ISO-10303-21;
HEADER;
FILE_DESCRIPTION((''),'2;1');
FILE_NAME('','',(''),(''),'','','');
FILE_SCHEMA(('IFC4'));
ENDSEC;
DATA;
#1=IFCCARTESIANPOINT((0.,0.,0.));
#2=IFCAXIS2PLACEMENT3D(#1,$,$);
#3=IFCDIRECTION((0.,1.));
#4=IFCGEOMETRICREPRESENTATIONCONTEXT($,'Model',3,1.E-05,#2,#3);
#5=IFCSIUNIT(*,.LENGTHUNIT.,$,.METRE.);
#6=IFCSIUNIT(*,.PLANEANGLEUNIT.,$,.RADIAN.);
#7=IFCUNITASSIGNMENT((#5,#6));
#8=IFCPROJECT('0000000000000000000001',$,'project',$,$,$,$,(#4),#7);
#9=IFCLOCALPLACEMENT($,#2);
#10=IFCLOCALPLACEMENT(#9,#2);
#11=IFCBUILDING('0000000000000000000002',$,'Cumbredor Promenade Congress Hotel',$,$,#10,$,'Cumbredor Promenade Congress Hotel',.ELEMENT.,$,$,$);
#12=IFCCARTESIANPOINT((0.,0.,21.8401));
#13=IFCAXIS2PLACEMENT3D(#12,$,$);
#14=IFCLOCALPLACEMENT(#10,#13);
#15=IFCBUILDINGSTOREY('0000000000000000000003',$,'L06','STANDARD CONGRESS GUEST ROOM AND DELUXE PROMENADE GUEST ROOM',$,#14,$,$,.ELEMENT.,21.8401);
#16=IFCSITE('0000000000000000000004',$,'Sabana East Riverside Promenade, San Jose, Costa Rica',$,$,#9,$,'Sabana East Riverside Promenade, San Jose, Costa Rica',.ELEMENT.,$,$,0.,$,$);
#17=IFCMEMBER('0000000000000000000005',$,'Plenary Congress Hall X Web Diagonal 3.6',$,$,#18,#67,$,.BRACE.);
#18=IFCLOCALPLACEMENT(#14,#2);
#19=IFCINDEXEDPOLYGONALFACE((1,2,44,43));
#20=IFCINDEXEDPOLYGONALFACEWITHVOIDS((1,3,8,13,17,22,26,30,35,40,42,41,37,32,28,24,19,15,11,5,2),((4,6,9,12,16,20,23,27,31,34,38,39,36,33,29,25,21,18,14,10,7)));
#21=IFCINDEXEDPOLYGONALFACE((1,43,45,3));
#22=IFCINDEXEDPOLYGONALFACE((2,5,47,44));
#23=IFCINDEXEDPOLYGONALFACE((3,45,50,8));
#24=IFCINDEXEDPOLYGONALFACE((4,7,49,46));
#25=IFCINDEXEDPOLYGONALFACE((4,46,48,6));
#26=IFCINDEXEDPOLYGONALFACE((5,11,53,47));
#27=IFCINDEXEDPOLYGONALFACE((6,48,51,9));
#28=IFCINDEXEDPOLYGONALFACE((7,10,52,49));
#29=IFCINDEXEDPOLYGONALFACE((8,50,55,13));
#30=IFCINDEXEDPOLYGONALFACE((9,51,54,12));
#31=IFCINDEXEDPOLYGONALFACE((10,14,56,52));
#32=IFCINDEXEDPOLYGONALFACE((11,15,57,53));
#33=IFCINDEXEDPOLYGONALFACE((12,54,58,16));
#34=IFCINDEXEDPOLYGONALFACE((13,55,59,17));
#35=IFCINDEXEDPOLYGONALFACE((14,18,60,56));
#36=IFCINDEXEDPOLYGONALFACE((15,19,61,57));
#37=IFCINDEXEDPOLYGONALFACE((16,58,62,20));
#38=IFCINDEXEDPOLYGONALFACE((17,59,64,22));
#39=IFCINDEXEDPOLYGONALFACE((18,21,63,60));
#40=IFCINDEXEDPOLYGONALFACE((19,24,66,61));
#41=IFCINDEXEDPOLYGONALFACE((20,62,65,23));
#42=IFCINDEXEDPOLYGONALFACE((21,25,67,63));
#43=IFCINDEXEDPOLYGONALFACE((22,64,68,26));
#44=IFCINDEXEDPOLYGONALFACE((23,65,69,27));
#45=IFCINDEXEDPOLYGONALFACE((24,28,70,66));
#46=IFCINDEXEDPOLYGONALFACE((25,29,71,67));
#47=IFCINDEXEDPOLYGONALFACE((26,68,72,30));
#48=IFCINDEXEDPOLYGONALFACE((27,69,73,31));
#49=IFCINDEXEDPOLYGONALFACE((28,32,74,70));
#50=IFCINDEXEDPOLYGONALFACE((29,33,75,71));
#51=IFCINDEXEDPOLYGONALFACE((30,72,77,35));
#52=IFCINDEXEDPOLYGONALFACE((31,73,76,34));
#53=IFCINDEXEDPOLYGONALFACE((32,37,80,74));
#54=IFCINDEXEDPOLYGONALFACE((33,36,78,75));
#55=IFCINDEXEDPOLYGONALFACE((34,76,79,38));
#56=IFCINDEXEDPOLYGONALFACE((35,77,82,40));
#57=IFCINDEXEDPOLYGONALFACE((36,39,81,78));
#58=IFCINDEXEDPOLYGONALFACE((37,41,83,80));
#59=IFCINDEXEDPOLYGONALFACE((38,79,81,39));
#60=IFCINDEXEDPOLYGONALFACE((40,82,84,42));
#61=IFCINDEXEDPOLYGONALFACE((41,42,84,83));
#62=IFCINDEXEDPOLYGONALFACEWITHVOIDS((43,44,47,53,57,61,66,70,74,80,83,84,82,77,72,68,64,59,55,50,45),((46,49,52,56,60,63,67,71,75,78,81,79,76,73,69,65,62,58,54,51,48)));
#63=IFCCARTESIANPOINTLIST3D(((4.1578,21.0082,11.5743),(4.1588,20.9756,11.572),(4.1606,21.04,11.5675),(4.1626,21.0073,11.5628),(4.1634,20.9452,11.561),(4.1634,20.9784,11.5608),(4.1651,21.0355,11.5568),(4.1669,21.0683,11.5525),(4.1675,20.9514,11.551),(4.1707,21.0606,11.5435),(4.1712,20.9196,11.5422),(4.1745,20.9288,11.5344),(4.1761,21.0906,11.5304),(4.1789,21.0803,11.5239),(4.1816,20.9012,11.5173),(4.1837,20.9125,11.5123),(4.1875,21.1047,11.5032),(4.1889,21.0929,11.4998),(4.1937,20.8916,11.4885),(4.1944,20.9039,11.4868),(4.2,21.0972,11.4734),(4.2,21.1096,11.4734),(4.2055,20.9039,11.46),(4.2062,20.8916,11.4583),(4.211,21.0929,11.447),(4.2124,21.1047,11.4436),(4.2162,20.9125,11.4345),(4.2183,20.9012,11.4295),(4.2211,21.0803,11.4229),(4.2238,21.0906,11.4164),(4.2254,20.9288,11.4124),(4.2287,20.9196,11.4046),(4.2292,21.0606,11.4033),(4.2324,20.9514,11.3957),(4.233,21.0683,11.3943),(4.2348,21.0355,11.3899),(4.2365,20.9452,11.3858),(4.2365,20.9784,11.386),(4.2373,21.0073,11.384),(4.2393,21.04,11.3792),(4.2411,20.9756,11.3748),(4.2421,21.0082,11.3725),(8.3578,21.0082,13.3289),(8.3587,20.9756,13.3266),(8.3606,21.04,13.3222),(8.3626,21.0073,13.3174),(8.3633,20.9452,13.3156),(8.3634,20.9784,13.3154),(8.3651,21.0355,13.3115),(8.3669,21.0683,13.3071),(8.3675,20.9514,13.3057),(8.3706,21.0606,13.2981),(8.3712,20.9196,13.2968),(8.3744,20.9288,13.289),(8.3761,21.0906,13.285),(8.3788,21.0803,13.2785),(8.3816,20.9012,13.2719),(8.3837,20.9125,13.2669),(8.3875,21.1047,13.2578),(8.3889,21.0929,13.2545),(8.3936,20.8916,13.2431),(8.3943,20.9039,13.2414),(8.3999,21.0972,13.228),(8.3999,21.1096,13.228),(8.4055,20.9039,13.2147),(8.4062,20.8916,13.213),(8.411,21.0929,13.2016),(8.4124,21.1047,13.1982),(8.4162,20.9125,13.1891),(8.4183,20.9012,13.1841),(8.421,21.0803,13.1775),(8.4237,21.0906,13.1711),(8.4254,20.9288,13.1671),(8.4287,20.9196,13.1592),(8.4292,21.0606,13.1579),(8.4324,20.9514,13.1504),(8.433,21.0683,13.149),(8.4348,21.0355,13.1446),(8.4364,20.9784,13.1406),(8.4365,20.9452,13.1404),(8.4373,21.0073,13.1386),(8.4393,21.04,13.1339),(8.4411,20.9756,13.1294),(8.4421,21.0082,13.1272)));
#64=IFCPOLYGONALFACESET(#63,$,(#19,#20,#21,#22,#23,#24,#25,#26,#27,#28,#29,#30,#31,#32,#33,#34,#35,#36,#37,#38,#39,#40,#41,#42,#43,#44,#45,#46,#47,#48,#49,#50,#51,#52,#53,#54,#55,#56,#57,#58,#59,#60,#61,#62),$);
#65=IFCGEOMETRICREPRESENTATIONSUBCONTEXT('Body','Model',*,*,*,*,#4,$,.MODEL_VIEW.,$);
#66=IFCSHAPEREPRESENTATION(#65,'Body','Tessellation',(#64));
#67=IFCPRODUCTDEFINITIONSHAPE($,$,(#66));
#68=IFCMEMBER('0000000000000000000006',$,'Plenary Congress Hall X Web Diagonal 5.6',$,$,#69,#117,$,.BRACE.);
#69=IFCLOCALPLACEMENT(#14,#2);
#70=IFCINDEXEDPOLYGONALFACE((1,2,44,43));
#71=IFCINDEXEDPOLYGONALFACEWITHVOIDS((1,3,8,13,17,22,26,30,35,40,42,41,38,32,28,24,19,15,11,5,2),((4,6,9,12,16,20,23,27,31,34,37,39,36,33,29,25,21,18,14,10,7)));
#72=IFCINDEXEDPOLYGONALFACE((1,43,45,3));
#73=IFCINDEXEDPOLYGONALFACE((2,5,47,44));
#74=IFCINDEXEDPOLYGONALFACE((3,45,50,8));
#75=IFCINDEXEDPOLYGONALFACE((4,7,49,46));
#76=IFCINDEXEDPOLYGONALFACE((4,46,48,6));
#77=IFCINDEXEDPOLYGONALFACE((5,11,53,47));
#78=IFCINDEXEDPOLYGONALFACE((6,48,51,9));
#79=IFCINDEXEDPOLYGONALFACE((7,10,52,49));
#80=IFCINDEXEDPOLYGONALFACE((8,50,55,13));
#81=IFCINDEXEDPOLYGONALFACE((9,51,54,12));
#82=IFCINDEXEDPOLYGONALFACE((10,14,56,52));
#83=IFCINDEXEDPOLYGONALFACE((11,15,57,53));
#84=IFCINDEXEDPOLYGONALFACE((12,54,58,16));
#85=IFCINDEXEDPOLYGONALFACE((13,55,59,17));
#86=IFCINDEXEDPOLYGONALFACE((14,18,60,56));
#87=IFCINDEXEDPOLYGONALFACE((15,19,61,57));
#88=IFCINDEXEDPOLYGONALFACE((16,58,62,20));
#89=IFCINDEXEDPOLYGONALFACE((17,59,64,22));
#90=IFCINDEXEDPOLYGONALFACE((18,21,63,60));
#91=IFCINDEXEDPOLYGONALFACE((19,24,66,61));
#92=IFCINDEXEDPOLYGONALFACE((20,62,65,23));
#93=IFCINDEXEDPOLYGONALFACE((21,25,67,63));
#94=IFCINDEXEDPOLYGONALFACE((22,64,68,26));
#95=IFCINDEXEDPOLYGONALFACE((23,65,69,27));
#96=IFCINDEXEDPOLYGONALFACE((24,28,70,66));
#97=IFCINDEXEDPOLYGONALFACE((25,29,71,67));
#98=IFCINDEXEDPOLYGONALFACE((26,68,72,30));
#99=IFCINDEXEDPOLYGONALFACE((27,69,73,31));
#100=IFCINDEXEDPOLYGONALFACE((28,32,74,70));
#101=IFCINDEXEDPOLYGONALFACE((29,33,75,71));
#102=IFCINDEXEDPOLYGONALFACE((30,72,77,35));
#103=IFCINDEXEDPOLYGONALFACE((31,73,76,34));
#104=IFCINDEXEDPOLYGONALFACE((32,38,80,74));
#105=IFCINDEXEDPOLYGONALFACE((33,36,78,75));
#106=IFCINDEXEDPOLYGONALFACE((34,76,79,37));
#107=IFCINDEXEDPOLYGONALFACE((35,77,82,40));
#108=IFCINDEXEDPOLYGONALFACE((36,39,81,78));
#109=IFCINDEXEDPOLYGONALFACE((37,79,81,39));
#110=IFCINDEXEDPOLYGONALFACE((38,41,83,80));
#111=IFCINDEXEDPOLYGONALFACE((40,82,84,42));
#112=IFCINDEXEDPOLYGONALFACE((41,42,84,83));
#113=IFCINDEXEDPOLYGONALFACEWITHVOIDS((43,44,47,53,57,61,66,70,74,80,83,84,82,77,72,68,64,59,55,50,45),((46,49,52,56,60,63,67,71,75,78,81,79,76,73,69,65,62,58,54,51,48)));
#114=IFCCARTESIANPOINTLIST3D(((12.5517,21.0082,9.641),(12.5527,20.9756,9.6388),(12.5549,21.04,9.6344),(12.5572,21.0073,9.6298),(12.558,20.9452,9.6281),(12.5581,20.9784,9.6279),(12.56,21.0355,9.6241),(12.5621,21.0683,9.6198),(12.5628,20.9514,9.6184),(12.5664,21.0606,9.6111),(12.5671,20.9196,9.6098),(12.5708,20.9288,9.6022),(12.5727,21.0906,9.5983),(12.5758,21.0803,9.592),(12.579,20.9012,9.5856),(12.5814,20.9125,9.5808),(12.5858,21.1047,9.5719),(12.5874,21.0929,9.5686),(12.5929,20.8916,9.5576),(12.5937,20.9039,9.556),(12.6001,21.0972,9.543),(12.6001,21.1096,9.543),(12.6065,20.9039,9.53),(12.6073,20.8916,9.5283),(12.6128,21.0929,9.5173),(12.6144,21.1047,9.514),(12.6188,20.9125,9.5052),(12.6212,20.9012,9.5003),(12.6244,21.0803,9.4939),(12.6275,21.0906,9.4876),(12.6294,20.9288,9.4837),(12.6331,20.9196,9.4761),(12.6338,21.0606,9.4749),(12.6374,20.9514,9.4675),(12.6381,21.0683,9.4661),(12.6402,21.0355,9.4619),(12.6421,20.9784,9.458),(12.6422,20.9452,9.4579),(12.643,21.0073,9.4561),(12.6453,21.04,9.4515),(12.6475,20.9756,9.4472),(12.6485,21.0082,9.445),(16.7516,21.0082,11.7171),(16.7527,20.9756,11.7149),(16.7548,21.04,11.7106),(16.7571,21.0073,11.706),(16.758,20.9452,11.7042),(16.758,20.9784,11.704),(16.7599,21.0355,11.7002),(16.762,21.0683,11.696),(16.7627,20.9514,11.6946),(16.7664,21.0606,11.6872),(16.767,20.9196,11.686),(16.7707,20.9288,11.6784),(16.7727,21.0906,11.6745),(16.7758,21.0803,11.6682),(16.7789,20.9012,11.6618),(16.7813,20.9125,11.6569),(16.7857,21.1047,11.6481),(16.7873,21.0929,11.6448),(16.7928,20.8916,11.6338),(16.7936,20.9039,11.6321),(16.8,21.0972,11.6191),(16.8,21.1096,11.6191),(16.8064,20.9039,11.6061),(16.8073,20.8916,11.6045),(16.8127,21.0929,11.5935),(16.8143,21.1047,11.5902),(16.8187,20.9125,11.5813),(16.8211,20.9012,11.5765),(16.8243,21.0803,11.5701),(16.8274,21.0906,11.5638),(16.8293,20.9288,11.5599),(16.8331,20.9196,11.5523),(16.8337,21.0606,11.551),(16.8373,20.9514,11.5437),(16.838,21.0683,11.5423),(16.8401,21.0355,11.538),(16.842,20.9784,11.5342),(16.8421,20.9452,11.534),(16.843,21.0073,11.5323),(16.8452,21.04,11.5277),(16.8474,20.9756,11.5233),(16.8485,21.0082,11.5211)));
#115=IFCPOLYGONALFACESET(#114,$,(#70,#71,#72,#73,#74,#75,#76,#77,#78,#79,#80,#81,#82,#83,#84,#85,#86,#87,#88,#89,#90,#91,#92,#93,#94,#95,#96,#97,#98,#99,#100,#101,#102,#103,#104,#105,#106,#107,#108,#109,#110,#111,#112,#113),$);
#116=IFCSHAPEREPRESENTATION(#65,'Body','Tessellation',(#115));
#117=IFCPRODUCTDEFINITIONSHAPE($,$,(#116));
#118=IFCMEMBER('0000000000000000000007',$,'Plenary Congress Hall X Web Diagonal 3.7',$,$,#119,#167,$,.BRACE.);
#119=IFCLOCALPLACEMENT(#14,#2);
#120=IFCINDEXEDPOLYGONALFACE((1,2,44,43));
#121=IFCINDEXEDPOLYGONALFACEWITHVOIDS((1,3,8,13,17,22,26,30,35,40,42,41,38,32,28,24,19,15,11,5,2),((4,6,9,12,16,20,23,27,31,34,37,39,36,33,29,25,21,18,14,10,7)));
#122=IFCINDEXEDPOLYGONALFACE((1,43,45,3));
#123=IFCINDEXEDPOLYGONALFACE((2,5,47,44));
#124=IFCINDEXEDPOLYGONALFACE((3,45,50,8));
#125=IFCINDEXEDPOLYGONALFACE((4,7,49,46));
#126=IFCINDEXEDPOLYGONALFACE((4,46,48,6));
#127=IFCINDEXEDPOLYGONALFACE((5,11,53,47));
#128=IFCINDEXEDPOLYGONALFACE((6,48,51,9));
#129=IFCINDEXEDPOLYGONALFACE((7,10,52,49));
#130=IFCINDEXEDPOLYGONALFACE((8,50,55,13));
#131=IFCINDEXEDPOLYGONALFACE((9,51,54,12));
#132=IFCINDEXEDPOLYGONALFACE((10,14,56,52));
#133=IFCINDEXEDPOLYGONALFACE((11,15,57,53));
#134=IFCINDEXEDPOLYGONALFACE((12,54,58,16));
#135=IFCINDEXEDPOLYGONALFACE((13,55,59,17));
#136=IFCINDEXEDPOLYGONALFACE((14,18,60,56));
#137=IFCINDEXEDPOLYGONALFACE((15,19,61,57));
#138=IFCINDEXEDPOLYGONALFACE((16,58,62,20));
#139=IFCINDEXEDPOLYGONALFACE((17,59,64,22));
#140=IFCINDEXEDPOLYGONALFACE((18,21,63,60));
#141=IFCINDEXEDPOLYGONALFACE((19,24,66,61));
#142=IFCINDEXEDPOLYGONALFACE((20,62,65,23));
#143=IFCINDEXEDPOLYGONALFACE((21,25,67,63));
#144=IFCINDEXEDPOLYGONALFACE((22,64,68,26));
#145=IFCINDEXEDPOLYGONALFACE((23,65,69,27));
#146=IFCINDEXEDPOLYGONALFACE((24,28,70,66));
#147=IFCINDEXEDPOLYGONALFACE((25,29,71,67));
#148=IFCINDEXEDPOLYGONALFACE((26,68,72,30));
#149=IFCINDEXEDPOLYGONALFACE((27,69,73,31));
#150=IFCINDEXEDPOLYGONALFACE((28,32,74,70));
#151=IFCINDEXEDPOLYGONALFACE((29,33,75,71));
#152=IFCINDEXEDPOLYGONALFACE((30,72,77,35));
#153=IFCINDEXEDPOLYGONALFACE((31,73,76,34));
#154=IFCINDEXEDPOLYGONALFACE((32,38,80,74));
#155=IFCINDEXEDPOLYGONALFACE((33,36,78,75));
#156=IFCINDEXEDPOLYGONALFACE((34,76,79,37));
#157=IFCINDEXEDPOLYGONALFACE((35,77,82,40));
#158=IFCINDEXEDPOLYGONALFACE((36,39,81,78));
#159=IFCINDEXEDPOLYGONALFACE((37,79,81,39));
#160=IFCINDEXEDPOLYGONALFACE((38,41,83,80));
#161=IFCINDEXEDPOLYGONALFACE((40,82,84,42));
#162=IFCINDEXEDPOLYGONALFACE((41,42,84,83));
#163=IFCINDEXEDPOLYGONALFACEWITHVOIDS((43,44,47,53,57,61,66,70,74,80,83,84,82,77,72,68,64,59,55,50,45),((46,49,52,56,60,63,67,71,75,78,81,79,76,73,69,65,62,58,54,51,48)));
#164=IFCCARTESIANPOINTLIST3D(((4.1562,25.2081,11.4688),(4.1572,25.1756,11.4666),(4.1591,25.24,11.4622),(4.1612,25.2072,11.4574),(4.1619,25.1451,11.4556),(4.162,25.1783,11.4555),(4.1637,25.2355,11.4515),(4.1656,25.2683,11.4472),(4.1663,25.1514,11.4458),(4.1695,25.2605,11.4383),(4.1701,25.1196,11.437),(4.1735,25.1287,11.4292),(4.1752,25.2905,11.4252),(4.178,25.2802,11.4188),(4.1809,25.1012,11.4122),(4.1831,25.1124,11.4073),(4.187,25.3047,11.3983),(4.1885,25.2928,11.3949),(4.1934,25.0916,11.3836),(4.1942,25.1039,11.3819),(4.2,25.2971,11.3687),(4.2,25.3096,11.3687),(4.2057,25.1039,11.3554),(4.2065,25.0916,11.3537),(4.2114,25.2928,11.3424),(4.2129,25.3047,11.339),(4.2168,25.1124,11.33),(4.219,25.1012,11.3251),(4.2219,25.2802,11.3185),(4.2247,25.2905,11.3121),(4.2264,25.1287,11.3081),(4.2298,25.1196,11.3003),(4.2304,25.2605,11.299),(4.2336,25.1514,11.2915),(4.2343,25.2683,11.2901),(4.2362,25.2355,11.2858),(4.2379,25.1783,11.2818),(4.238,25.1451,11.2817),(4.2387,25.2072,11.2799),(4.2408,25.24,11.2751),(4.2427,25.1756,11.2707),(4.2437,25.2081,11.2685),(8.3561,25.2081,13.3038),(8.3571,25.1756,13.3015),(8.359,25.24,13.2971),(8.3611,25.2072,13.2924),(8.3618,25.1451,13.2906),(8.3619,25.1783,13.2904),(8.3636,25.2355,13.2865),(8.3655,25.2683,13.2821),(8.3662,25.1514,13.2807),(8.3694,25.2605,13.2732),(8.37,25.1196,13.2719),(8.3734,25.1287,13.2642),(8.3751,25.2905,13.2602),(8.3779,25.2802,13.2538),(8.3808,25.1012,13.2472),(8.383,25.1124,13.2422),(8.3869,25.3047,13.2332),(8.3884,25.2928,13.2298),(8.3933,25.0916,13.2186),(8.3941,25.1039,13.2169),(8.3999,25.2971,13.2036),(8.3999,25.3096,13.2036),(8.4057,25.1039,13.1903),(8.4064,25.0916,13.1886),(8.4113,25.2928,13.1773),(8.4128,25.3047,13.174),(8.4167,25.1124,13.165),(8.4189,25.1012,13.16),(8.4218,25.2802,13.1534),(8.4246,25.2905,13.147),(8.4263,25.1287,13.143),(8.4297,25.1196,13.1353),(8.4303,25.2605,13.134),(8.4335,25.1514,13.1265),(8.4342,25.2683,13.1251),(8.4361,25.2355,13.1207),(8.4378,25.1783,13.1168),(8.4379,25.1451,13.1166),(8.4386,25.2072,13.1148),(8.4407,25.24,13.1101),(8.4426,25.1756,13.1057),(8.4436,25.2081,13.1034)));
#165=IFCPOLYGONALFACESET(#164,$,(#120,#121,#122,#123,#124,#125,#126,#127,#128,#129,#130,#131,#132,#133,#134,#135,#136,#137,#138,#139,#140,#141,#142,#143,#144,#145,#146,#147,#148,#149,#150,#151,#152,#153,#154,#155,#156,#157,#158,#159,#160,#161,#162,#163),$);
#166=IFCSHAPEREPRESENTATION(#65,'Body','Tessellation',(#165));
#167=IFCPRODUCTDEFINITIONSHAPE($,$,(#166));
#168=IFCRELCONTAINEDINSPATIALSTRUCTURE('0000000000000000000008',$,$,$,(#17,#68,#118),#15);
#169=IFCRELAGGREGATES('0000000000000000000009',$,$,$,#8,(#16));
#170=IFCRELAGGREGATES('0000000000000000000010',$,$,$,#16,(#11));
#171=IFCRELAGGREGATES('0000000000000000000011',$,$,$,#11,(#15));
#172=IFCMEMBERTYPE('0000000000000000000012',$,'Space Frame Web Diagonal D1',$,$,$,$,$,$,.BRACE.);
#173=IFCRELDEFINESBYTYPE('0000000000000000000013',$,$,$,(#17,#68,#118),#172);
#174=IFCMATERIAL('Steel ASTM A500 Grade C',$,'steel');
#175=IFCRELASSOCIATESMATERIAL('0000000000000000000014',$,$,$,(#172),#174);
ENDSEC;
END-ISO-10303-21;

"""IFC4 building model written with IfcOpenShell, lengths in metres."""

from ifc_helpers import new_model, si_unit, direction, frame, origin, origin_2d, place, context, subcontext, project, spatial, hollow_circle, extrude, material, material_profile, profile_set, type_object, element, save


model = new_model("IFC4")

# Units and contexts
model_context = context("Model", 3, precision=1e-05, world=origin(), true_north=direction((0.0, 1.0)))
body_context = subcontext(model_context, "Body", "Model", "MODEL_VIEW")
ifc_project = project(units=[si_unit("LENGTHUNIT", "METRE"), si_unit("PLANEANGLEUNIT", "RADIAN")], contexts=[model_context])

# Site, building, storey
site_placement = place(None, origin())
site = spatial("IfcSite", under=ifc_project, at=site_placement, Name="Sabana East Riverside Promenade, San Jose, Costa Rica", LongName="Sabana East Riverside Promenade, San Jose, Costa Rica", CompositionType="ELEMENT", RefElevation=0.0)
building_placement = place(site_placement, origin())
building = spatial("IfcBuilding", under=site, at=building_placement, Name="Cumbredor Promenade Congress Hotel", LongName="Cumbredor Promenade Congress Hotel", CompositionType="ELEMENT")
storey_placement = place(building_placement, frame((0.0, 0.0, 21.8401)))
storey = spatial("IfcBuildingStorey", under=building, at=storey_placement, Name="L06", Description="STANDARD CONGRESS GUEST ROOM AND DELUXE PROMENADE GUEST ROOM", CompositionType="ELEMENT", Elevation=21.8401)

# Members
ifc_material_1 = material(Name="Steel ASTM A500 Grade C", Category="steel")
ifc_material_profile_1 = material_profile(ifc_material_1, hollow_circle(Radius=0.1096, WallThickness=0.0125, at=origin_2d()), Name="CHS 219.1x12.5")
ifc_profile_set_1 = profile_set([ifc_material_profile_1], Name="Steel ASTM A500 Grade C")
member_type_1 = type_object("IfcMemberType", Name="Space Frame Web Diagonal D1", PredefinedType="BRACE", material=ifc_profile_set_1)
member_1_placement = place(storey_placement, frame((4.2, 21.0, 11.4734), z_axis=(0.922713, 0.0, 0.385487), x_axis=(0.0, 1.0, 0.0)))
element("IfcMember", 1, at=member_1_placement, inside=storey, type_object=member_type_1, Name="Plenary Congress Hall X Web Diagonal 3.6", PredefinedType="BRACE", context=body_context, shape_type="SweptSolid", body=[
    extrude(hollow_circle(Radius=0.1096, WallThickness=0.0125, at=origin_2d()), origin(), (0.0, 0.0, 1.0), 4.5518),
])
member_2_placement = place(storey_placement, frame((12.6001, 21.0, 9.543), z_axis=(0.89645, 0.0, 0.443144), x_axis=(0.0, 1.0, 0.0)))
element("IfcMember", 2, at=member_2_placement, inside=storey, type_object=member_type_1, Name="Plenary Congress Hall X Web Diagonal 5.6", PredefinedType="BRACE", context=body_context, shape_type="SweptSolid", body=[
    extrude(hollow_circle(Radius=0.1096, WallThickness=0.0125, at=origin_2d()), origin(), (0.0, 0.0, 1.0), 4.6851),
])
member_3_placement = place(storey_placement, frame((4.2, 25.2, 11.3687), z_axis=(0.916359, 0.0, 0.400358), x_axis=(0.0, 1.0, 0.0)))
element("IfcMember", 3, at=member_3_placement, inside=storey, type_object=member_type_1, Name="Plenary Congress Hall X Web Diagonal 3.7", PredefinedType="BRACE", context=body_context, shape_type="SweptSolid", body=[
    extrude(hollow_circle(Radius=0.1096, WallThickness=0.0125, at=origin_2d()), origin(), (0.0, 0.0, 1.0), 4.5833),
])

save(model, "model.ifc")
